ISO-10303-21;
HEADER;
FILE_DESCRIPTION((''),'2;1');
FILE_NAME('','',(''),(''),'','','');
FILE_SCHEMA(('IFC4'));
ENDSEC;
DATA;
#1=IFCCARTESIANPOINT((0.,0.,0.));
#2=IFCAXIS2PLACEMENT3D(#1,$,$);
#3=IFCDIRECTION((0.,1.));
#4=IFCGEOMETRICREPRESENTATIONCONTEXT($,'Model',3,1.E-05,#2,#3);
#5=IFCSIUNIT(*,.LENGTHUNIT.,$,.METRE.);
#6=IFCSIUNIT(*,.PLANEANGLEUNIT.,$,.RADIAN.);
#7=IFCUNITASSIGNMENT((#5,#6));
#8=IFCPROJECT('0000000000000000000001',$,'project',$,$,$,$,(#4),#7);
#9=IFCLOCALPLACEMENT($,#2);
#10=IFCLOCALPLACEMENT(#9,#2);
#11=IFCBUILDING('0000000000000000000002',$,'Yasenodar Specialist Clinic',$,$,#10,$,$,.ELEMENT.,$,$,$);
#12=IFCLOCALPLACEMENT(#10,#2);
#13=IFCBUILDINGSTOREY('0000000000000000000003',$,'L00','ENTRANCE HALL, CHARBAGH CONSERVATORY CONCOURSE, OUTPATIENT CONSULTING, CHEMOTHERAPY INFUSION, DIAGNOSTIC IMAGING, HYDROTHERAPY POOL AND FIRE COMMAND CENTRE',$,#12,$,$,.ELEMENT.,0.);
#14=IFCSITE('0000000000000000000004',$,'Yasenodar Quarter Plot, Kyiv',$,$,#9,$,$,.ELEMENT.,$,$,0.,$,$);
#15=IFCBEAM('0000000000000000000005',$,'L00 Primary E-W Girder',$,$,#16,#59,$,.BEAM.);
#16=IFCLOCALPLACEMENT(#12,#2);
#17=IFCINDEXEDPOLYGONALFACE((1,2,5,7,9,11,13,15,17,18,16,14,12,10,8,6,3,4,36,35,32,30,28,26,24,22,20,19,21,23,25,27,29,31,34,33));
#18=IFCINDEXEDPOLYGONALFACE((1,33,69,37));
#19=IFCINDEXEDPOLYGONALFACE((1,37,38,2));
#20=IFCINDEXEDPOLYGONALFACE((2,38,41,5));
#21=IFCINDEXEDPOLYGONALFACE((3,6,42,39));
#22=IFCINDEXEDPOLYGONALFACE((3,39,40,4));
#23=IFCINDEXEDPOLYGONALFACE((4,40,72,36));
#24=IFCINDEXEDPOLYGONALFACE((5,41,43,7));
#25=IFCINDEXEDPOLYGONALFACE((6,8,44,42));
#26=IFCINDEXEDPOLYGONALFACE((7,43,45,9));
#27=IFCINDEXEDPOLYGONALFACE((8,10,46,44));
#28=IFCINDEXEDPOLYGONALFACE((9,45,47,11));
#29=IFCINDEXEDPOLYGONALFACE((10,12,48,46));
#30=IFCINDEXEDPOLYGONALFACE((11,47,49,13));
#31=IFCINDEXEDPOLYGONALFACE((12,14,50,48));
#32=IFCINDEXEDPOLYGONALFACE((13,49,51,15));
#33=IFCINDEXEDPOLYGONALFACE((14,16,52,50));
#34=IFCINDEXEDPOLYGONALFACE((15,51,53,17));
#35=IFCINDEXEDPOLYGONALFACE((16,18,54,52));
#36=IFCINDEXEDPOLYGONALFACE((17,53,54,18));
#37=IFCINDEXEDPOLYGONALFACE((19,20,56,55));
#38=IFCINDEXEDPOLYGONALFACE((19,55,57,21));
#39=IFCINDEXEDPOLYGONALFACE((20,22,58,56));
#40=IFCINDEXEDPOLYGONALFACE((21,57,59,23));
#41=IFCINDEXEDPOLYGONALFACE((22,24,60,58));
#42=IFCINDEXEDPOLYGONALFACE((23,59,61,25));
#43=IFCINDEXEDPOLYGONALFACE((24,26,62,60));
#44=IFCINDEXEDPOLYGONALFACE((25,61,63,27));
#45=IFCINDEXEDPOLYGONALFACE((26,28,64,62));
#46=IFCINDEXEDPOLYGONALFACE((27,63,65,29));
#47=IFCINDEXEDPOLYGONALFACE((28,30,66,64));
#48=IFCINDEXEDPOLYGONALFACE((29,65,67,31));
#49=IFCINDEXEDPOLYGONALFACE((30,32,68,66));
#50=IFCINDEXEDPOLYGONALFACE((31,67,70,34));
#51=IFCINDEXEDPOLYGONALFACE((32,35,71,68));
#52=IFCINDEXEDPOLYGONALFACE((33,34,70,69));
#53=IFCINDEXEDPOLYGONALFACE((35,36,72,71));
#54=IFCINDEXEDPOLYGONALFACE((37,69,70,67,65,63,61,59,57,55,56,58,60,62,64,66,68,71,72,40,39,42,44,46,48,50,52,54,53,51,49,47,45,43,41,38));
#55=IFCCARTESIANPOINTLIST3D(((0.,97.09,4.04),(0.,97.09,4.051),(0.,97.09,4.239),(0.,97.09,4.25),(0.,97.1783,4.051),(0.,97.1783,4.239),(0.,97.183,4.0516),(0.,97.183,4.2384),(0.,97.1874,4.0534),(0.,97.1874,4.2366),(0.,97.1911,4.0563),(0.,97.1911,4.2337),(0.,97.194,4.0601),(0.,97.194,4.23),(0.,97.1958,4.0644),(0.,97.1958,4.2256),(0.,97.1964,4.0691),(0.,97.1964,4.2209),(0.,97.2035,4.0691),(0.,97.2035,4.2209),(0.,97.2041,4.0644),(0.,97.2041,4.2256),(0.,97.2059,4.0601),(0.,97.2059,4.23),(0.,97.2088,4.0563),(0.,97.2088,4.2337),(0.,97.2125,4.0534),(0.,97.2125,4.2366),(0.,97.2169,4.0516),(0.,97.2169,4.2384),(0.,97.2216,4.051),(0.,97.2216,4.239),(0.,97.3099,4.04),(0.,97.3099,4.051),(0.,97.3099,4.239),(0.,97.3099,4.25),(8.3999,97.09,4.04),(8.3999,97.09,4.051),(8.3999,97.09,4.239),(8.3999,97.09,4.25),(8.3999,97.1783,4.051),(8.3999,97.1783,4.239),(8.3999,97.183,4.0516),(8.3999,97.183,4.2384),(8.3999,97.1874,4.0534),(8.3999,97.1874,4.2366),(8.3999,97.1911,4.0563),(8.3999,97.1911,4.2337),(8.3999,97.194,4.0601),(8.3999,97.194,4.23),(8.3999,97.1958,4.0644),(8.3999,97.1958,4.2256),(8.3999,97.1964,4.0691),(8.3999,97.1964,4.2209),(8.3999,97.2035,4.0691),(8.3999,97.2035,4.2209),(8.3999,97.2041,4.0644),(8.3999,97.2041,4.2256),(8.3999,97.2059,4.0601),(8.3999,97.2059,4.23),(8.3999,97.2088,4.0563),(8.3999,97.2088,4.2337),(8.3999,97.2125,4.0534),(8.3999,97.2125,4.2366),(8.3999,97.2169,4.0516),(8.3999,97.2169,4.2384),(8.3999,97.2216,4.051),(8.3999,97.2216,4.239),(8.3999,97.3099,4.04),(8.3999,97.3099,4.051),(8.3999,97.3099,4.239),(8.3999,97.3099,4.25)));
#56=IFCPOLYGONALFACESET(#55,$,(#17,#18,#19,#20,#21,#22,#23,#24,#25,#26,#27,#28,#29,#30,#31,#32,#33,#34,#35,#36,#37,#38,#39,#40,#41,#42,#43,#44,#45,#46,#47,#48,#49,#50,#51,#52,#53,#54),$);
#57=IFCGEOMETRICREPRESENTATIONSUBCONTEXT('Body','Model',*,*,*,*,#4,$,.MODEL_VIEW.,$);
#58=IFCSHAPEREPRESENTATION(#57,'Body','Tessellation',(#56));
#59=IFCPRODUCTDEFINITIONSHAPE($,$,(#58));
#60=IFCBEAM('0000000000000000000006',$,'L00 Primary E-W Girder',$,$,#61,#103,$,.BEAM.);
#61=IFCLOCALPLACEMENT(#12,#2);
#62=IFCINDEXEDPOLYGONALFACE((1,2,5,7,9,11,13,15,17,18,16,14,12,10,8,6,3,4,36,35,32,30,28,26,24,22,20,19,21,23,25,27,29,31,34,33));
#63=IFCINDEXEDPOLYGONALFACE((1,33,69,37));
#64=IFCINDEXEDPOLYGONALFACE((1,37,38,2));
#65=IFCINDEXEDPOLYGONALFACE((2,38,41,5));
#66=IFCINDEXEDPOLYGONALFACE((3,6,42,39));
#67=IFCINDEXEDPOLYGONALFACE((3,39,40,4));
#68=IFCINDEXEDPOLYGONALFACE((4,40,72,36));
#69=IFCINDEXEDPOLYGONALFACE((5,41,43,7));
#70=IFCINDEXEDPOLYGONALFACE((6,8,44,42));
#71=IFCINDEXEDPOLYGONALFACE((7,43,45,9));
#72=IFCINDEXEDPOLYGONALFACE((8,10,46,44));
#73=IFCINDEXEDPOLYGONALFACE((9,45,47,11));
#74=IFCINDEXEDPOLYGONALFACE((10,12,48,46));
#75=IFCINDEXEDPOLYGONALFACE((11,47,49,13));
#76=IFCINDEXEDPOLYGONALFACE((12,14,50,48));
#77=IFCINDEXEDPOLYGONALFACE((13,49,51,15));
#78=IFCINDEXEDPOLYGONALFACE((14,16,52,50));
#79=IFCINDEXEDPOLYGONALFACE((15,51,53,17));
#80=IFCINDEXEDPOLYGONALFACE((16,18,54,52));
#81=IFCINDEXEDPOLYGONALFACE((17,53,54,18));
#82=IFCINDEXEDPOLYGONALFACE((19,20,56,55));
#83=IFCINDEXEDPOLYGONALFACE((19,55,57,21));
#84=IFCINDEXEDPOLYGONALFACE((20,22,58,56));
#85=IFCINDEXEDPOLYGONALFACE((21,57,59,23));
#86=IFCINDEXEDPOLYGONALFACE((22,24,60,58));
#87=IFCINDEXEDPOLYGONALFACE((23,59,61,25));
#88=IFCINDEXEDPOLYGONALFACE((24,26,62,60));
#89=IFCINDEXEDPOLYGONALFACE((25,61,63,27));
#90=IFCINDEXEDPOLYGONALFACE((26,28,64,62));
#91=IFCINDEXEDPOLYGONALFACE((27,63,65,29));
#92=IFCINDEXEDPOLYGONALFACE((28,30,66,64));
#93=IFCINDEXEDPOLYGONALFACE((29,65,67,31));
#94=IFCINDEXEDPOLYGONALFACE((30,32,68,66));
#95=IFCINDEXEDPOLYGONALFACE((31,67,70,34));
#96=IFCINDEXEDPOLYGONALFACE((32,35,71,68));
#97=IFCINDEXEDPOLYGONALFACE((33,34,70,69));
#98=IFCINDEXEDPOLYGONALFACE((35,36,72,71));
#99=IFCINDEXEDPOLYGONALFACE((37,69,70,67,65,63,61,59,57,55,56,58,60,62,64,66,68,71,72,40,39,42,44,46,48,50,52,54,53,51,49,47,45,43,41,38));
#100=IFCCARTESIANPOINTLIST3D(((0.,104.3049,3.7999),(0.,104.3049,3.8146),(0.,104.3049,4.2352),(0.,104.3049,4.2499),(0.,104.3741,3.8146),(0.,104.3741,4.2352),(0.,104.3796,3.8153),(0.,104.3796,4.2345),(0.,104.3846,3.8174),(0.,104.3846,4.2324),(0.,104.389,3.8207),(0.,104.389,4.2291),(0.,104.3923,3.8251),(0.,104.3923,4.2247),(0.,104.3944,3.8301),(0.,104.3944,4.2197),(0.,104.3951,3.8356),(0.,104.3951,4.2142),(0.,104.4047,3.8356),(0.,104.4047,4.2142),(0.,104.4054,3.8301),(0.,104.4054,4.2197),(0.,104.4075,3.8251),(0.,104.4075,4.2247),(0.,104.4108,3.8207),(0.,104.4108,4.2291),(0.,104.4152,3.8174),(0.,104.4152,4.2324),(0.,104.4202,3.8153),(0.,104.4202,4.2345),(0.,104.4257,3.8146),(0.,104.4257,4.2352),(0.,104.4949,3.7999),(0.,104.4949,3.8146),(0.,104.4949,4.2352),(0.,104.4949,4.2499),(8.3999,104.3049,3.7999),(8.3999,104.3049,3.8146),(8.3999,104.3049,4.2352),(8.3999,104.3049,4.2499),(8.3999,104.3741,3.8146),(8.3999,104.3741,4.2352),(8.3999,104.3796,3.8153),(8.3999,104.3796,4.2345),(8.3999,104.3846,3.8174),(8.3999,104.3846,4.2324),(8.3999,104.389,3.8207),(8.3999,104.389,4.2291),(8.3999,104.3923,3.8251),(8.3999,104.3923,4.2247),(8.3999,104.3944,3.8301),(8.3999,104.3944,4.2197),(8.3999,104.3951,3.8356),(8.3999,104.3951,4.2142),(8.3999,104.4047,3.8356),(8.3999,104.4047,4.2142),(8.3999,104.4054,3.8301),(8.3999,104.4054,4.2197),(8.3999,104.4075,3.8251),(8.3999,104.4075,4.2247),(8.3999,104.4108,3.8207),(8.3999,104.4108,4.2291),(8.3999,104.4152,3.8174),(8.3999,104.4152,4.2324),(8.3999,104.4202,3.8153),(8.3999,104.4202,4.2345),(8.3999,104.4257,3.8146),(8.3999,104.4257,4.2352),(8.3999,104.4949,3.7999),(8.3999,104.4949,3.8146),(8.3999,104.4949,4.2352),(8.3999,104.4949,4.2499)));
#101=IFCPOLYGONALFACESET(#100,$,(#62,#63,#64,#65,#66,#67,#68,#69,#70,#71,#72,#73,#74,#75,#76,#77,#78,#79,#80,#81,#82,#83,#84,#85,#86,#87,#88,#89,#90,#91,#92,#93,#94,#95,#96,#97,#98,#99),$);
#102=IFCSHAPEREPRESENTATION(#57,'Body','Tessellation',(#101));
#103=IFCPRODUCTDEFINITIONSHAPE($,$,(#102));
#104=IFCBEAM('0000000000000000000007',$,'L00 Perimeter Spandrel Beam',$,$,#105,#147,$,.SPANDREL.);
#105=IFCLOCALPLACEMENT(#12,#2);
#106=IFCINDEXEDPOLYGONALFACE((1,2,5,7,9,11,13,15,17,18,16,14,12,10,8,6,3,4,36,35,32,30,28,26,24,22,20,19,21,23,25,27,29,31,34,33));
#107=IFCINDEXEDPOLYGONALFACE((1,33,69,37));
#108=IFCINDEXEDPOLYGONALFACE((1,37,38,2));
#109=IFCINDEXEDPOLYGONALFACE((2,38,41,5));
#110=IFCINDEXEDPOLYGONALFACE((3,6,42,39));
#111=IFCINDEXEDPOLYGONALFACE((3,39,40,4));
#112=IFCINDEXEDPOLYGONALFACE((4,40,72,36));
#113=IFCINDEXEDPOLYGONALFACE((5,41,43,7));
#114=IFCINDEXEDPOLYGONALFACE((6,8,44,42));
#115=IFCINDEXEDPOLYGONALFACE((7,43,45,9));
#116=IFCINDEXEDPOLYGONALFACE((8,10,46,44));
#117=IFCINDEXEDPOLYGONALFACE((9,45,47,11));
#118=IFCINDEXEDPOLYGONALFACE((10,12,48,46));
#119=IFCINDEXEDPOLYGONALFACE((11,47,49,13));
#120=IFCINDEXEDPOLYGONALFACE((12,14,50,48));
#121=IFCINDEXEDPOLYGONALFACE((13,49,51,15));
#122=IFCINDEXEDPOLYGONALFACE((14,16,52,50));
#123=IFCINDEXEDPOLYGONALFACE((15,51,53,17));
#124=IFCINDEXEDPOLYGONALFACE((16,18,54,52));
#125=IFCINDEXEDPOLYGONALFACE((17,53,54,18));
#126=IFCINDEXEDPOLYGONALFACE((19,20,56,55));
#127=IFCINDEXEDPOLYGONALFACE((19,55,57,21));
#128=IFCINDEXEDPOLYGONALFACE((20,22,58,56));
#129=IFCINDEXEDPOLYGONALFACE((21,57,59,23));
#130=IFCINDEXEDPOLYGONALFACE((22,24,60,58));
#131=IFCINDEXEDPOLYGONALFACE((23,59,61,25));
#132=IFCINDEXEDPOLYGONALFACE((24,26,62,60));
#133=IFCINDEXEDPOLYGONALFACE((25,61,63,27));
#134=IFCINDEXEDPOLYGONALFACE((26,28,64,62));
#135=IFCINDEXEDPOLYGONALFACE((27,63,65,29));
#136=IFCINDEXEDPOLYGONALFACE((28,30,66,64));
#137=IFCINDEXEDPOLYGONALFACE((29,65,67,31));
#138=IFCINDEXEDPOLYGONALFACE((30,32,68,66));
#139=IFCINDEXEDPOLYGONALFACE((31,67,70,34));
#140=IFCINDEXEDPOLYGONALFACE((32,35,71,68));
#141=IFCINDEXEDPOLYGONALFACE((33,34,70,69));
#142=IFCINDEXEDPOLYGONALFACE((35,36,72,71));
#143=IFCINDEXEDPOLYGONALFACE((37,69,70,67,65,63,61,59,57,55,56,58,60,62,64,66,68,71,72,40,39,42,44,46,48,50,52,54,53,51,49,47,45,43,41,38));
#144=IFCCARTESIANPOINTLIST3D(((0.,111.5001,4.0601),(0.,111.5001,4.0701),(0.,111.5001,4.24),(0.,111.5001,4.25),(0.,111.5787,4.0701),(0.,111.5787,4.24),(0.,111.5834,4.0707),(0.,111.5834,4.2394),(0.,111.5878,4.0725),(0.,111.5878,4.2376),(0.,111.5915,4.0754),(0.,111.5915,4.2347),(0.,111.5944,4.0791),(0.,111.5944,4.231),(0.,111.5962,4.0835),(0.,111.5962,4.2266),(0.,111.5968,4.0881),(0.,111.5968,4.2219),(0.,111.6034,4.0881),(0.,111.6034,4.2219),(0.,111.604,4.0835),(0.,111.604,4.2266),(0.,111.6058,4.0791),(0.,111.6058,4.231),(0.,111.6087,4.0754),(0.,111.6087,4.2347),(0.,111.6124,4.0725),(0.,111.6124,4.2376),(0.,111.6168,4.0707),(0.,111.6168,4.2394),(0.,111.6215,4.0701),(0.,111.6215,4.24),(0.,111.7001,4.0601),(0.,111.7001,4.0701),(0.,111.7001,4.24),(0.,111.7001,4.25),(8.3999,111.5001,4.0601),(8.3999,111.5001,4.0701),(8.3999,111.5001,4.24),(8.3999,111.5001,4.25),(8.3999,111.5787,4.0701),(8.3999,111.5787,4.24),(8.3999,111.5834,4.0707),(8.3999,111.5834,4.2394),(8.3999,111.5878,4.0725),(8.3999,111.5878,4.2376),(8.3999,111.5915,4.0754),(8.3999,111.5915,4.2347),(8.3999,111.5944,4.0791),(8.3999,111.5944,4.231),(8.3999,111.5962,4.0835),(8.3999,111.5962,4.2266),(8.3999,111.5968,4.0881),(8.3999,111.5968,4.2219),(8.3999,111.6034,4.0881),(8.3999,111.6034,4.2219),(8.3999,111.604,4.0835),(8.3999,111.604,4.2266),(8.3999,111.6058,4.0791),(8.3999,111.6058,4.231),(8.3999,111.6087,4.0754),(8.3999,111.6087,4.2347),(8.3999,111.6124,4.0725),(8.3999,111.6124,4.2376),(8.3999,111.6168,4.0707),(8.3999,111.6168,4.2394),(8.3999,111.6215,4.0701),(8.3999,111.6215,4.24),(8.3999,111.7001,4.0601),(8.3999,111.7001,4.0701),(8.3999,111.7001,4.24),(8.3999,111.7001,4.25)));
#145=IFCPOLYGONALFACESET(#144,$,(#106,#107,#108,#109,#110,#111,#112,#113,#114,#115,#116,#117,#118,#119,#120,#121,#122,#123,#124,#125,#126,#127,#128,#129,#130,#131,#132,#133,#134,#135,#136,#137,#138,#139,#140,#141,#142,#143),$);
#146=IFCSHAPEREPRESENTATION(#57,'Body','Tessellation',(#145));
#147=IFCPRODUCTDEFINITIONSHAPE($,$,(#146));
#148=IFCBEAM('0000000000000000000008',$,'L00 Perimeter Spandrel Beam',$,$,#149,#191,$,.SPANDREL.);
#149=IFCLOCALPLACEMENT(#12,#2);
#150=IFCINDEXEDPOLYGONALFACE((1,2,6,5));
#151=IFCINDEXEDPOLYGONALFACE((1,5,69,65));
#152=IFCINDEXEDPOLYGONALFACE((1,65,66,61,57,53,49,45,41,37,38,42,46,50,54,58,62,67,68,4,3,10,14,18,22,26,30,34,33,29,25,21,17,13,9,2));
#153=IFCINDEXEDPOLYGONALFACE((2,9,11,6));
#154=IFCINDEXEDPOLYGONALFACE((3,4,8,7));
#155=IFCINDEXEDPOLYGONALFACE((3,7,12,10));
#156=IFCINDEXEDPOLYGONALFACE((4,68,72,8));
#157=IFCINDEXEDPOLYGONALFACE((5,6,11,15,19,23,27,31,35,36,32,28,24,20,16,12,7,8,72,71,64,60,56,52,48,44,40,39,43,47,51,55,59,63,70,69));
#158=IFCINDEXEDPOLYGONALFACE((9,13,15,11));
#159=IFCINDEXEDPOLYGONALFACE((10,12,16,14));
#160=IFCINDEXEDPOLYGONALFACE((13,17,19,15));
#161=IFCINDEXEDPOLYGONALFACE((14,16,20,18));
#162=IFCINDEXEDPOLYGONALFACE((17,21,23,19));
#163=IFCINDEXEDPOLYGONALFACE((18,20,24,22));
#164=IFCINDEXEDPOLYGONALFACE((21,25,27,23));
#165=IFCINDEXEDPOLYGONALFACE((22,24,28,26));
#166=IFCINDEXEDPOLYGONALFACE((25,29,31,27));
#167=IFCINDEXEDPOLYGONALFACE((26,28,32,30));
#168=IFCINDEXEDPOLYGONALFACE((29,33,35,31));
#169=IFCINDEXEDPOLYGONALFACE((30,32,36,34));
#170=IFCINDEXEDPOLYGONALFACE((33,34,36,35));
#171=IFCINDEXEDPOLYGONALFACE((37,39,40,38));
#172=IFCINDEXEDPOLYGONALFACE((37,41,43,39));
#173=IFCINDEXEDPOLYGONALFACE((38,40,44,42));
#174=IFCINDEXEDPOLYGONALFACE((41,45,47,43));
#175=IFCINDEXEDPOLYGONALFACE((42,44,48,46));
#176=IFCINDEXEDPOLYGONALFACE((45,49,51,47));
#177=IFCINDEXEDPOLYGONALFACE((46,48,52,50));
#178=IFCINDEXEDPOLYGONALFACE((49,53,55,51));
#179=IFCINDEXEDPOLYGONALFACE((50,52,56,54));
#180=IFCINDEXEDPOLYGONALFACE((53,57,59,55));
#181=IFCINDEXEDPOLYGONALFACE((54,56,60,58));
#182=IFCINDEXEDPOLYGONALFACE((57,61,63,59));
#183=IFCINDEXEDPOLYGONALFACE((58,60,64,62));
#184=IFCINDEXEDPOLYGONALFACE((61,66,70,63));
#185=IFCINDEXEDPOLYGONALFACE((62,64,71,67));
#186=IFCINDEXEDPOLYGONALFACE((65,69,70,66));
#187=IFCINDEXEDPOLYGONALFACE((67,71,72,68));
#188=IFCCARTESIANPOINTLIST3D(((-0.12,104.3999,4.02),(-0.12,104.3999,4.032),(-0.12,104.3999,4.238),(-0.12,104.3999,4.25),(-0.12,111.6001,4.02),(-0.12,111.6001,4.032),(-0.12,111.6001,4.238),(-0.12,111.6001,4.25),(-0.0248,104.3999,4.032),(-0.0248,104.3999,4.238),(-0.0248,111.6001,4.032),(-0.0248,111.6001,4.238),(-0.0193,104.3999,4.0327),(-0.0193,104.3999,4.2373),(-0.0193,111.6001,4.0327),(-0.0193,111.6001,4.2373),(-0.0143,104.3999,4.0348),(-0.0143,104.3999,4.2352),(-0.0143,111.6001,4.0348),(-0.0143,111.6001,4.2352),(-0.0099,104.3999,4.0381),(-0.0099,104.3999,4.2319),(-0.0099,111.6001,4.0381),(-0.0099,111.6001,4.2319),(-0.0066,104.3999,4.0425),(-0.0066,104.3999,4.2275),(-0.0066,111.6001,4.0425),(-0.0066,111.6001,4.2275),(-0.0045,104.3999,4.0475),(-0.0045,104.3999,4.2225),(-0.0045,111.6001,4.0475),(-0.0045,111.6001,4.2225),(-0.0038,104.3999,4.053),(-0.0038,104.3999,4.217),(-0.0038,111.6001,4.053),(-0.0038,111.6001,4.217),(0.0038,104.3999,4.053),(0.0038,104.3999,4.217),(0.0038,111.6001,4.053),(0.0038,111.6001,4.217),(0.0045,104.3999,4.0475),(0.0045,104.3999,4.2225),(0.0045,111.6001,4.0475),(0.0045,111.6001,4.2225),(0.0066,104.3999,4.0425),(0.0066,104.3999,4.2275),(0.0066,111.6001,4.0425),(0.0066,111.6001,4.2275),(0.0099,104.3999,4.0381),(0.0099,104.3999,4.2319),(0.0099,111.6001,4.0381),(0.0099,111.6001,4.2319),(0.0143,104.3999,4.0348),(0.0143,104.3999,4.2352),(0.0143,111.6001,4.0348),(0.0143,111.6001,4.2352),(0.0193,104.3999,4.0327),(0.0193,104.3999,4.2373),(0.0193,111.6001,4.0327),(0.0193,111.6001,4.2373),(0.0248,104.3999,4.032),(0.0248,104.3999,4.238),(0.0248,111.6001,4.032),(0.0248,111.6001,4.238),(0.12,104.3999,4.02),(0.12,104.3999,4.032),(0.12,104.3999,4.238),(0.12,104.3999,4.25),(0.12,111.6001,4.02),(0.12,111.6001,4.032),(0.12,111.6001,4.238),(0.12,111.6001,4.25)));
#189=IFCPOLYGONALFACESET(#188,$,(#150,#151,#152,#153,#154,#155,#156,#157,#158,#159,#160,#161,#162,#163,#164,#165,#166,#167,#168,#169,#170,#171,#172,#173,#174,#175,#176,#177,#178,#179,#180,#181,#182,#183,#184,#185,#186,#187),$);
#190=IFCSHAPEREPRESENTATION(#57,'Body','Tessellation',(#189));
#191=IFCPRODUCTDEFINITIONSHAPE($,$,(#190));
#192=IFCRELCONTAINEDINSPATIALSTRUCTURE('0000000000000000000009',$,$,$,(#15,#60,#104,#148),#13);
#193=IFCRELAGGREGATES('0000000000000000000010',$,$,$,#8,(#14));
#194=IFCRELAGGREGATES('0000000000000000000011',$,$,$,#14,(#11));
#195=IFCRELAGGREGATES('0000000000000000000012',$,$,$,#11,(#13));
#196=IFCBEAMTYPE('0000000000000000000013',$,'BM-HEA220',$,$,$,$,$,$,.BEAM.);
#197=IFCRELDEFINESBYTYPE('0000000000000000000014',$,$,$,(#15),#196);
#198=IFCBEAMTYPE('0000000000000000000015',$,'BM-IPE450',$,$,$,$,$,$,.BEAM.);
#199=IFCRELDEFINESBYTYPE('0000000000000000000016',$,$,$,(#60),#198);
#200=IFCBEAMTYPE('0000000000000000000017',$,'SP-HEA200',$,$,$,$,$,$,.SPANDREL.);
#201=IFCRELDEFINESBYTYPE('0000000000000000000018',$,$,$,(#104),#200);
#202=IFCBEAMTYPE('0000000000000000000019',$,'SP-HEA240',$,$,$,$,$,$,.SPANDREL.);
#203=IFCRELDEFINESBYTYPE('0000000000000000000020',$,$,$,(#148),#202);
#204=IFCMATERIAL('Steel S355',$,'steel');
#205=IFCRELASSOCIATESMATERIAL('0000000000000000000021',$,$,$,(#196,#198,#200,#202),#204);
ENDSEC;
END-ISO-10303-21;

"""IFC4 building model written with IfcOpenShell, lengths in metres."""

from ifc_helpers import new_model, si_unit, direction, frame, origin, origin_2d, place, context, subcontext, project, spatial, i_section, extrude, material, material_profile, profile_set, type_object, element, save


model = new_model("IFC4")

# Units and contexts
model_context = context("Model", 3, precision=1e-05, world=origin(), true_north=direction((0.0, 1.0)))
body_context = subcontext(model_context, "Body", "Model", "MODEL_VIEW")
ifc_project = project(units=[si_unit("LENGTHUNIT", "METRE"), si_unit("PLANEANGLEUNIT", "RADIAN")], contexts=[model_context])

# Site, building, storey
site_placement = place(None, origin())
site = spatial("IfcSite", under=ifc_project, at=site_placement, Name="Yasenodar Quarter Plot, Kyiv", CompositionType="ELEMENT", RefElevation=0.0)
building_placement = place(site_placement, origin())
building = spatial("IfcBuilding", under=site, at=building_placement, Name="Yasenodar Specialist Clinic", CompositionType="ELEMENT")
storey_placement = place(building_placement, origin())
storey = spatial("IfcBuildingStorey", under=building, at=storey_placement, Name="L00", Description="ENTRANCE HALL, CHARBAGH CONSERVATORY CONCOURSE, OUTPATIENT CONSULTING, CHEMOTHERAPY INFUSION, DIAGNOSTIC IMAGING, HYDROTHERAPY POOL AND FIRE COMMAND CENTRE", CompositionType="ELEMENT", Elevation=0.0)

# Shared definitions
ifc_material_1 = material(Name="Steel S355", Category="steel")

# Beams
ifc_material_profile_1 = material_profile(ifc_material_1, i_section(OverallWidth=0.22, OverallDepth=0.21, WebThickness=0.0071, FlangeThickness=0.011, FilletRadius=0.0181, at=origin_2d()), Name="HEA 220")
ifc_profile_set_1 = profile_set([ifc_material_profile_1], Name="Steel S355")
beam_type_1 = type_object("IfcBeamType", Name="BM-HEA220", PredefinedType="BEAM", material=ifc_profile_set_1)
beam_1_placement = place(storey_placement, frame((0.0, 97.2, 4.145), z_axis=(1.0, 0.0, 0.0), x_axis=(0.0, 1.0, 0.0)))
element("IfcBeam", 1, at=beam_1_placement, inside=storey, type_object=beam_type_1, Name="L00 Primary E-W Girder", PredefinedType="BEAM", context=body_context, shape_type="SweptSolid", body=[
    extrude(i_section(OverallWidth=0.22, OverallDepth=0.21, WebThickness=0.0071, FlangeThickness=0.011, FilletRadius=0.0181, at=origin_2d()), origin(), (0.0, 0.0, 1.0), 8.3999),
])
ifc_material_profile_2 = material_profile(ifc_material_1, i_section(OverallWidth=0.1899, OverallDepth=0.45, WebThickness=0.0095, FlangeThickness=0.0146, FilletRadius=0.021, at=origin_2d()), Name="IPE 450")
ifc_profile_set_2 = profile_set([ifc_material_profile_2], Name="Steel S355")
beam_type_2 = type_object("IfcBeamType", Name="BM-IPE450", PredefinedType="BEAM", material=ifc_profile_set_2)
beam_2_placement = place(storey_placement, frame((0.0, 104.3999, 4.0249), z_axis=(1.0, 0.0, 0.0), x_axis=(0.0, 1.0, 0.0)))
element("IfcBeam", 2, at=beam_2_placement, inside=storey, type_object=beam_type_2, Name="L00 Primary E-W Girder", PredefinedType="BEAM", context=body_context, shape_type="SweptSolid", body=[
    extrude(i_section(OverallWidth=0.1899, OverallDepth=0.45, WebThickness=0.0095, FlangeThickness=0.0146, FilletRadius=0.021, at=origin_2d()), origin(), (0.0, 0.0, 1.0), 8.3999),
])
ifc_material_profile_3 = material_profile(ifc_material_1, i_section(OverallWidth=0.2, OverallDepth=0.1899, WebThickness=0.0066, FlangeThickness=0.01, FilletRadius=0.0181, at=origin_2d()), Name="HEA 200")
ifc_profile_set_3 = profile_set([ifc_material_profile_3], Name="Steel S355")
beam_type_3 = type_object("IfcBeamType", Name="SP-HEA200", PredefinedType="SPANDREL", material=ifc_profile_set_3)
beam_3_placement = place(storey_placement, frame((0.0, 111.6001, 4.155), z_axis=(1.0, 0.0, 0.0), x_axis=(0.0, 1.0, 0.0)))
element("IfcBeam", 3, at=beam_3_placement, inside=storey, type_object=beam_type_3, Name="L00 Perimeter Spandrel Beam", PredefinedType="SPANDREL", context=body_context, shape_type="SweptSolid", body=[
    extrude(i_section(OverallWidth=0.2, OverallDepth=0.1899, WebThickness=0.0066, FlangeThickness=0.01, FilletRadius=0.0181, at=origin_2d()), origin(), (0.0, 0.0, 1.0), 8.3999),
])
ifc_material_profile_4 = material_profile(ifc_material_1, i_section(OverallWidth=0.24, OverallDepth=0.23, WebThickness=0.0076, FlangeThickness=0.012, FilletRadius=0.021, at=origin_2d()), Name="HEA 240")
ifc_profile_set_4 = profile_set([ifc_material_profile_4], Name="Steel S355")
beam_type_4 = type_object("IfcBeamType", Name="SP-HEA240", PredefinedType="SPANDREL", material=ifc_profile_set_4)
beam_4_placement = place(storey_placement, frame((0.0, 104.3999, 4.135), z_axis=(0.0, 1.0, 0.0), x_axis=(-1.0, 0.0, 0.0)))
element("IfcBeam", 4, at=beam_4_placement, inside=storey, type_object=beam_type_4, Name="L00 Perimeter Spandrel Beam", PredefinedType="SPANDREL", context=body_context, shape_type="SweptSolid", body=[
    extrude(i_section(OverallWidth=0.24, OverallDepth=0.23, WebThickness=0.0076, FlangeThickness=0.012, FilletRadius=0.021, at=origin_2d()), origin(), (0.0, 0.0, 1.0), 7.2002),
])

save(model, "model.ifc")
